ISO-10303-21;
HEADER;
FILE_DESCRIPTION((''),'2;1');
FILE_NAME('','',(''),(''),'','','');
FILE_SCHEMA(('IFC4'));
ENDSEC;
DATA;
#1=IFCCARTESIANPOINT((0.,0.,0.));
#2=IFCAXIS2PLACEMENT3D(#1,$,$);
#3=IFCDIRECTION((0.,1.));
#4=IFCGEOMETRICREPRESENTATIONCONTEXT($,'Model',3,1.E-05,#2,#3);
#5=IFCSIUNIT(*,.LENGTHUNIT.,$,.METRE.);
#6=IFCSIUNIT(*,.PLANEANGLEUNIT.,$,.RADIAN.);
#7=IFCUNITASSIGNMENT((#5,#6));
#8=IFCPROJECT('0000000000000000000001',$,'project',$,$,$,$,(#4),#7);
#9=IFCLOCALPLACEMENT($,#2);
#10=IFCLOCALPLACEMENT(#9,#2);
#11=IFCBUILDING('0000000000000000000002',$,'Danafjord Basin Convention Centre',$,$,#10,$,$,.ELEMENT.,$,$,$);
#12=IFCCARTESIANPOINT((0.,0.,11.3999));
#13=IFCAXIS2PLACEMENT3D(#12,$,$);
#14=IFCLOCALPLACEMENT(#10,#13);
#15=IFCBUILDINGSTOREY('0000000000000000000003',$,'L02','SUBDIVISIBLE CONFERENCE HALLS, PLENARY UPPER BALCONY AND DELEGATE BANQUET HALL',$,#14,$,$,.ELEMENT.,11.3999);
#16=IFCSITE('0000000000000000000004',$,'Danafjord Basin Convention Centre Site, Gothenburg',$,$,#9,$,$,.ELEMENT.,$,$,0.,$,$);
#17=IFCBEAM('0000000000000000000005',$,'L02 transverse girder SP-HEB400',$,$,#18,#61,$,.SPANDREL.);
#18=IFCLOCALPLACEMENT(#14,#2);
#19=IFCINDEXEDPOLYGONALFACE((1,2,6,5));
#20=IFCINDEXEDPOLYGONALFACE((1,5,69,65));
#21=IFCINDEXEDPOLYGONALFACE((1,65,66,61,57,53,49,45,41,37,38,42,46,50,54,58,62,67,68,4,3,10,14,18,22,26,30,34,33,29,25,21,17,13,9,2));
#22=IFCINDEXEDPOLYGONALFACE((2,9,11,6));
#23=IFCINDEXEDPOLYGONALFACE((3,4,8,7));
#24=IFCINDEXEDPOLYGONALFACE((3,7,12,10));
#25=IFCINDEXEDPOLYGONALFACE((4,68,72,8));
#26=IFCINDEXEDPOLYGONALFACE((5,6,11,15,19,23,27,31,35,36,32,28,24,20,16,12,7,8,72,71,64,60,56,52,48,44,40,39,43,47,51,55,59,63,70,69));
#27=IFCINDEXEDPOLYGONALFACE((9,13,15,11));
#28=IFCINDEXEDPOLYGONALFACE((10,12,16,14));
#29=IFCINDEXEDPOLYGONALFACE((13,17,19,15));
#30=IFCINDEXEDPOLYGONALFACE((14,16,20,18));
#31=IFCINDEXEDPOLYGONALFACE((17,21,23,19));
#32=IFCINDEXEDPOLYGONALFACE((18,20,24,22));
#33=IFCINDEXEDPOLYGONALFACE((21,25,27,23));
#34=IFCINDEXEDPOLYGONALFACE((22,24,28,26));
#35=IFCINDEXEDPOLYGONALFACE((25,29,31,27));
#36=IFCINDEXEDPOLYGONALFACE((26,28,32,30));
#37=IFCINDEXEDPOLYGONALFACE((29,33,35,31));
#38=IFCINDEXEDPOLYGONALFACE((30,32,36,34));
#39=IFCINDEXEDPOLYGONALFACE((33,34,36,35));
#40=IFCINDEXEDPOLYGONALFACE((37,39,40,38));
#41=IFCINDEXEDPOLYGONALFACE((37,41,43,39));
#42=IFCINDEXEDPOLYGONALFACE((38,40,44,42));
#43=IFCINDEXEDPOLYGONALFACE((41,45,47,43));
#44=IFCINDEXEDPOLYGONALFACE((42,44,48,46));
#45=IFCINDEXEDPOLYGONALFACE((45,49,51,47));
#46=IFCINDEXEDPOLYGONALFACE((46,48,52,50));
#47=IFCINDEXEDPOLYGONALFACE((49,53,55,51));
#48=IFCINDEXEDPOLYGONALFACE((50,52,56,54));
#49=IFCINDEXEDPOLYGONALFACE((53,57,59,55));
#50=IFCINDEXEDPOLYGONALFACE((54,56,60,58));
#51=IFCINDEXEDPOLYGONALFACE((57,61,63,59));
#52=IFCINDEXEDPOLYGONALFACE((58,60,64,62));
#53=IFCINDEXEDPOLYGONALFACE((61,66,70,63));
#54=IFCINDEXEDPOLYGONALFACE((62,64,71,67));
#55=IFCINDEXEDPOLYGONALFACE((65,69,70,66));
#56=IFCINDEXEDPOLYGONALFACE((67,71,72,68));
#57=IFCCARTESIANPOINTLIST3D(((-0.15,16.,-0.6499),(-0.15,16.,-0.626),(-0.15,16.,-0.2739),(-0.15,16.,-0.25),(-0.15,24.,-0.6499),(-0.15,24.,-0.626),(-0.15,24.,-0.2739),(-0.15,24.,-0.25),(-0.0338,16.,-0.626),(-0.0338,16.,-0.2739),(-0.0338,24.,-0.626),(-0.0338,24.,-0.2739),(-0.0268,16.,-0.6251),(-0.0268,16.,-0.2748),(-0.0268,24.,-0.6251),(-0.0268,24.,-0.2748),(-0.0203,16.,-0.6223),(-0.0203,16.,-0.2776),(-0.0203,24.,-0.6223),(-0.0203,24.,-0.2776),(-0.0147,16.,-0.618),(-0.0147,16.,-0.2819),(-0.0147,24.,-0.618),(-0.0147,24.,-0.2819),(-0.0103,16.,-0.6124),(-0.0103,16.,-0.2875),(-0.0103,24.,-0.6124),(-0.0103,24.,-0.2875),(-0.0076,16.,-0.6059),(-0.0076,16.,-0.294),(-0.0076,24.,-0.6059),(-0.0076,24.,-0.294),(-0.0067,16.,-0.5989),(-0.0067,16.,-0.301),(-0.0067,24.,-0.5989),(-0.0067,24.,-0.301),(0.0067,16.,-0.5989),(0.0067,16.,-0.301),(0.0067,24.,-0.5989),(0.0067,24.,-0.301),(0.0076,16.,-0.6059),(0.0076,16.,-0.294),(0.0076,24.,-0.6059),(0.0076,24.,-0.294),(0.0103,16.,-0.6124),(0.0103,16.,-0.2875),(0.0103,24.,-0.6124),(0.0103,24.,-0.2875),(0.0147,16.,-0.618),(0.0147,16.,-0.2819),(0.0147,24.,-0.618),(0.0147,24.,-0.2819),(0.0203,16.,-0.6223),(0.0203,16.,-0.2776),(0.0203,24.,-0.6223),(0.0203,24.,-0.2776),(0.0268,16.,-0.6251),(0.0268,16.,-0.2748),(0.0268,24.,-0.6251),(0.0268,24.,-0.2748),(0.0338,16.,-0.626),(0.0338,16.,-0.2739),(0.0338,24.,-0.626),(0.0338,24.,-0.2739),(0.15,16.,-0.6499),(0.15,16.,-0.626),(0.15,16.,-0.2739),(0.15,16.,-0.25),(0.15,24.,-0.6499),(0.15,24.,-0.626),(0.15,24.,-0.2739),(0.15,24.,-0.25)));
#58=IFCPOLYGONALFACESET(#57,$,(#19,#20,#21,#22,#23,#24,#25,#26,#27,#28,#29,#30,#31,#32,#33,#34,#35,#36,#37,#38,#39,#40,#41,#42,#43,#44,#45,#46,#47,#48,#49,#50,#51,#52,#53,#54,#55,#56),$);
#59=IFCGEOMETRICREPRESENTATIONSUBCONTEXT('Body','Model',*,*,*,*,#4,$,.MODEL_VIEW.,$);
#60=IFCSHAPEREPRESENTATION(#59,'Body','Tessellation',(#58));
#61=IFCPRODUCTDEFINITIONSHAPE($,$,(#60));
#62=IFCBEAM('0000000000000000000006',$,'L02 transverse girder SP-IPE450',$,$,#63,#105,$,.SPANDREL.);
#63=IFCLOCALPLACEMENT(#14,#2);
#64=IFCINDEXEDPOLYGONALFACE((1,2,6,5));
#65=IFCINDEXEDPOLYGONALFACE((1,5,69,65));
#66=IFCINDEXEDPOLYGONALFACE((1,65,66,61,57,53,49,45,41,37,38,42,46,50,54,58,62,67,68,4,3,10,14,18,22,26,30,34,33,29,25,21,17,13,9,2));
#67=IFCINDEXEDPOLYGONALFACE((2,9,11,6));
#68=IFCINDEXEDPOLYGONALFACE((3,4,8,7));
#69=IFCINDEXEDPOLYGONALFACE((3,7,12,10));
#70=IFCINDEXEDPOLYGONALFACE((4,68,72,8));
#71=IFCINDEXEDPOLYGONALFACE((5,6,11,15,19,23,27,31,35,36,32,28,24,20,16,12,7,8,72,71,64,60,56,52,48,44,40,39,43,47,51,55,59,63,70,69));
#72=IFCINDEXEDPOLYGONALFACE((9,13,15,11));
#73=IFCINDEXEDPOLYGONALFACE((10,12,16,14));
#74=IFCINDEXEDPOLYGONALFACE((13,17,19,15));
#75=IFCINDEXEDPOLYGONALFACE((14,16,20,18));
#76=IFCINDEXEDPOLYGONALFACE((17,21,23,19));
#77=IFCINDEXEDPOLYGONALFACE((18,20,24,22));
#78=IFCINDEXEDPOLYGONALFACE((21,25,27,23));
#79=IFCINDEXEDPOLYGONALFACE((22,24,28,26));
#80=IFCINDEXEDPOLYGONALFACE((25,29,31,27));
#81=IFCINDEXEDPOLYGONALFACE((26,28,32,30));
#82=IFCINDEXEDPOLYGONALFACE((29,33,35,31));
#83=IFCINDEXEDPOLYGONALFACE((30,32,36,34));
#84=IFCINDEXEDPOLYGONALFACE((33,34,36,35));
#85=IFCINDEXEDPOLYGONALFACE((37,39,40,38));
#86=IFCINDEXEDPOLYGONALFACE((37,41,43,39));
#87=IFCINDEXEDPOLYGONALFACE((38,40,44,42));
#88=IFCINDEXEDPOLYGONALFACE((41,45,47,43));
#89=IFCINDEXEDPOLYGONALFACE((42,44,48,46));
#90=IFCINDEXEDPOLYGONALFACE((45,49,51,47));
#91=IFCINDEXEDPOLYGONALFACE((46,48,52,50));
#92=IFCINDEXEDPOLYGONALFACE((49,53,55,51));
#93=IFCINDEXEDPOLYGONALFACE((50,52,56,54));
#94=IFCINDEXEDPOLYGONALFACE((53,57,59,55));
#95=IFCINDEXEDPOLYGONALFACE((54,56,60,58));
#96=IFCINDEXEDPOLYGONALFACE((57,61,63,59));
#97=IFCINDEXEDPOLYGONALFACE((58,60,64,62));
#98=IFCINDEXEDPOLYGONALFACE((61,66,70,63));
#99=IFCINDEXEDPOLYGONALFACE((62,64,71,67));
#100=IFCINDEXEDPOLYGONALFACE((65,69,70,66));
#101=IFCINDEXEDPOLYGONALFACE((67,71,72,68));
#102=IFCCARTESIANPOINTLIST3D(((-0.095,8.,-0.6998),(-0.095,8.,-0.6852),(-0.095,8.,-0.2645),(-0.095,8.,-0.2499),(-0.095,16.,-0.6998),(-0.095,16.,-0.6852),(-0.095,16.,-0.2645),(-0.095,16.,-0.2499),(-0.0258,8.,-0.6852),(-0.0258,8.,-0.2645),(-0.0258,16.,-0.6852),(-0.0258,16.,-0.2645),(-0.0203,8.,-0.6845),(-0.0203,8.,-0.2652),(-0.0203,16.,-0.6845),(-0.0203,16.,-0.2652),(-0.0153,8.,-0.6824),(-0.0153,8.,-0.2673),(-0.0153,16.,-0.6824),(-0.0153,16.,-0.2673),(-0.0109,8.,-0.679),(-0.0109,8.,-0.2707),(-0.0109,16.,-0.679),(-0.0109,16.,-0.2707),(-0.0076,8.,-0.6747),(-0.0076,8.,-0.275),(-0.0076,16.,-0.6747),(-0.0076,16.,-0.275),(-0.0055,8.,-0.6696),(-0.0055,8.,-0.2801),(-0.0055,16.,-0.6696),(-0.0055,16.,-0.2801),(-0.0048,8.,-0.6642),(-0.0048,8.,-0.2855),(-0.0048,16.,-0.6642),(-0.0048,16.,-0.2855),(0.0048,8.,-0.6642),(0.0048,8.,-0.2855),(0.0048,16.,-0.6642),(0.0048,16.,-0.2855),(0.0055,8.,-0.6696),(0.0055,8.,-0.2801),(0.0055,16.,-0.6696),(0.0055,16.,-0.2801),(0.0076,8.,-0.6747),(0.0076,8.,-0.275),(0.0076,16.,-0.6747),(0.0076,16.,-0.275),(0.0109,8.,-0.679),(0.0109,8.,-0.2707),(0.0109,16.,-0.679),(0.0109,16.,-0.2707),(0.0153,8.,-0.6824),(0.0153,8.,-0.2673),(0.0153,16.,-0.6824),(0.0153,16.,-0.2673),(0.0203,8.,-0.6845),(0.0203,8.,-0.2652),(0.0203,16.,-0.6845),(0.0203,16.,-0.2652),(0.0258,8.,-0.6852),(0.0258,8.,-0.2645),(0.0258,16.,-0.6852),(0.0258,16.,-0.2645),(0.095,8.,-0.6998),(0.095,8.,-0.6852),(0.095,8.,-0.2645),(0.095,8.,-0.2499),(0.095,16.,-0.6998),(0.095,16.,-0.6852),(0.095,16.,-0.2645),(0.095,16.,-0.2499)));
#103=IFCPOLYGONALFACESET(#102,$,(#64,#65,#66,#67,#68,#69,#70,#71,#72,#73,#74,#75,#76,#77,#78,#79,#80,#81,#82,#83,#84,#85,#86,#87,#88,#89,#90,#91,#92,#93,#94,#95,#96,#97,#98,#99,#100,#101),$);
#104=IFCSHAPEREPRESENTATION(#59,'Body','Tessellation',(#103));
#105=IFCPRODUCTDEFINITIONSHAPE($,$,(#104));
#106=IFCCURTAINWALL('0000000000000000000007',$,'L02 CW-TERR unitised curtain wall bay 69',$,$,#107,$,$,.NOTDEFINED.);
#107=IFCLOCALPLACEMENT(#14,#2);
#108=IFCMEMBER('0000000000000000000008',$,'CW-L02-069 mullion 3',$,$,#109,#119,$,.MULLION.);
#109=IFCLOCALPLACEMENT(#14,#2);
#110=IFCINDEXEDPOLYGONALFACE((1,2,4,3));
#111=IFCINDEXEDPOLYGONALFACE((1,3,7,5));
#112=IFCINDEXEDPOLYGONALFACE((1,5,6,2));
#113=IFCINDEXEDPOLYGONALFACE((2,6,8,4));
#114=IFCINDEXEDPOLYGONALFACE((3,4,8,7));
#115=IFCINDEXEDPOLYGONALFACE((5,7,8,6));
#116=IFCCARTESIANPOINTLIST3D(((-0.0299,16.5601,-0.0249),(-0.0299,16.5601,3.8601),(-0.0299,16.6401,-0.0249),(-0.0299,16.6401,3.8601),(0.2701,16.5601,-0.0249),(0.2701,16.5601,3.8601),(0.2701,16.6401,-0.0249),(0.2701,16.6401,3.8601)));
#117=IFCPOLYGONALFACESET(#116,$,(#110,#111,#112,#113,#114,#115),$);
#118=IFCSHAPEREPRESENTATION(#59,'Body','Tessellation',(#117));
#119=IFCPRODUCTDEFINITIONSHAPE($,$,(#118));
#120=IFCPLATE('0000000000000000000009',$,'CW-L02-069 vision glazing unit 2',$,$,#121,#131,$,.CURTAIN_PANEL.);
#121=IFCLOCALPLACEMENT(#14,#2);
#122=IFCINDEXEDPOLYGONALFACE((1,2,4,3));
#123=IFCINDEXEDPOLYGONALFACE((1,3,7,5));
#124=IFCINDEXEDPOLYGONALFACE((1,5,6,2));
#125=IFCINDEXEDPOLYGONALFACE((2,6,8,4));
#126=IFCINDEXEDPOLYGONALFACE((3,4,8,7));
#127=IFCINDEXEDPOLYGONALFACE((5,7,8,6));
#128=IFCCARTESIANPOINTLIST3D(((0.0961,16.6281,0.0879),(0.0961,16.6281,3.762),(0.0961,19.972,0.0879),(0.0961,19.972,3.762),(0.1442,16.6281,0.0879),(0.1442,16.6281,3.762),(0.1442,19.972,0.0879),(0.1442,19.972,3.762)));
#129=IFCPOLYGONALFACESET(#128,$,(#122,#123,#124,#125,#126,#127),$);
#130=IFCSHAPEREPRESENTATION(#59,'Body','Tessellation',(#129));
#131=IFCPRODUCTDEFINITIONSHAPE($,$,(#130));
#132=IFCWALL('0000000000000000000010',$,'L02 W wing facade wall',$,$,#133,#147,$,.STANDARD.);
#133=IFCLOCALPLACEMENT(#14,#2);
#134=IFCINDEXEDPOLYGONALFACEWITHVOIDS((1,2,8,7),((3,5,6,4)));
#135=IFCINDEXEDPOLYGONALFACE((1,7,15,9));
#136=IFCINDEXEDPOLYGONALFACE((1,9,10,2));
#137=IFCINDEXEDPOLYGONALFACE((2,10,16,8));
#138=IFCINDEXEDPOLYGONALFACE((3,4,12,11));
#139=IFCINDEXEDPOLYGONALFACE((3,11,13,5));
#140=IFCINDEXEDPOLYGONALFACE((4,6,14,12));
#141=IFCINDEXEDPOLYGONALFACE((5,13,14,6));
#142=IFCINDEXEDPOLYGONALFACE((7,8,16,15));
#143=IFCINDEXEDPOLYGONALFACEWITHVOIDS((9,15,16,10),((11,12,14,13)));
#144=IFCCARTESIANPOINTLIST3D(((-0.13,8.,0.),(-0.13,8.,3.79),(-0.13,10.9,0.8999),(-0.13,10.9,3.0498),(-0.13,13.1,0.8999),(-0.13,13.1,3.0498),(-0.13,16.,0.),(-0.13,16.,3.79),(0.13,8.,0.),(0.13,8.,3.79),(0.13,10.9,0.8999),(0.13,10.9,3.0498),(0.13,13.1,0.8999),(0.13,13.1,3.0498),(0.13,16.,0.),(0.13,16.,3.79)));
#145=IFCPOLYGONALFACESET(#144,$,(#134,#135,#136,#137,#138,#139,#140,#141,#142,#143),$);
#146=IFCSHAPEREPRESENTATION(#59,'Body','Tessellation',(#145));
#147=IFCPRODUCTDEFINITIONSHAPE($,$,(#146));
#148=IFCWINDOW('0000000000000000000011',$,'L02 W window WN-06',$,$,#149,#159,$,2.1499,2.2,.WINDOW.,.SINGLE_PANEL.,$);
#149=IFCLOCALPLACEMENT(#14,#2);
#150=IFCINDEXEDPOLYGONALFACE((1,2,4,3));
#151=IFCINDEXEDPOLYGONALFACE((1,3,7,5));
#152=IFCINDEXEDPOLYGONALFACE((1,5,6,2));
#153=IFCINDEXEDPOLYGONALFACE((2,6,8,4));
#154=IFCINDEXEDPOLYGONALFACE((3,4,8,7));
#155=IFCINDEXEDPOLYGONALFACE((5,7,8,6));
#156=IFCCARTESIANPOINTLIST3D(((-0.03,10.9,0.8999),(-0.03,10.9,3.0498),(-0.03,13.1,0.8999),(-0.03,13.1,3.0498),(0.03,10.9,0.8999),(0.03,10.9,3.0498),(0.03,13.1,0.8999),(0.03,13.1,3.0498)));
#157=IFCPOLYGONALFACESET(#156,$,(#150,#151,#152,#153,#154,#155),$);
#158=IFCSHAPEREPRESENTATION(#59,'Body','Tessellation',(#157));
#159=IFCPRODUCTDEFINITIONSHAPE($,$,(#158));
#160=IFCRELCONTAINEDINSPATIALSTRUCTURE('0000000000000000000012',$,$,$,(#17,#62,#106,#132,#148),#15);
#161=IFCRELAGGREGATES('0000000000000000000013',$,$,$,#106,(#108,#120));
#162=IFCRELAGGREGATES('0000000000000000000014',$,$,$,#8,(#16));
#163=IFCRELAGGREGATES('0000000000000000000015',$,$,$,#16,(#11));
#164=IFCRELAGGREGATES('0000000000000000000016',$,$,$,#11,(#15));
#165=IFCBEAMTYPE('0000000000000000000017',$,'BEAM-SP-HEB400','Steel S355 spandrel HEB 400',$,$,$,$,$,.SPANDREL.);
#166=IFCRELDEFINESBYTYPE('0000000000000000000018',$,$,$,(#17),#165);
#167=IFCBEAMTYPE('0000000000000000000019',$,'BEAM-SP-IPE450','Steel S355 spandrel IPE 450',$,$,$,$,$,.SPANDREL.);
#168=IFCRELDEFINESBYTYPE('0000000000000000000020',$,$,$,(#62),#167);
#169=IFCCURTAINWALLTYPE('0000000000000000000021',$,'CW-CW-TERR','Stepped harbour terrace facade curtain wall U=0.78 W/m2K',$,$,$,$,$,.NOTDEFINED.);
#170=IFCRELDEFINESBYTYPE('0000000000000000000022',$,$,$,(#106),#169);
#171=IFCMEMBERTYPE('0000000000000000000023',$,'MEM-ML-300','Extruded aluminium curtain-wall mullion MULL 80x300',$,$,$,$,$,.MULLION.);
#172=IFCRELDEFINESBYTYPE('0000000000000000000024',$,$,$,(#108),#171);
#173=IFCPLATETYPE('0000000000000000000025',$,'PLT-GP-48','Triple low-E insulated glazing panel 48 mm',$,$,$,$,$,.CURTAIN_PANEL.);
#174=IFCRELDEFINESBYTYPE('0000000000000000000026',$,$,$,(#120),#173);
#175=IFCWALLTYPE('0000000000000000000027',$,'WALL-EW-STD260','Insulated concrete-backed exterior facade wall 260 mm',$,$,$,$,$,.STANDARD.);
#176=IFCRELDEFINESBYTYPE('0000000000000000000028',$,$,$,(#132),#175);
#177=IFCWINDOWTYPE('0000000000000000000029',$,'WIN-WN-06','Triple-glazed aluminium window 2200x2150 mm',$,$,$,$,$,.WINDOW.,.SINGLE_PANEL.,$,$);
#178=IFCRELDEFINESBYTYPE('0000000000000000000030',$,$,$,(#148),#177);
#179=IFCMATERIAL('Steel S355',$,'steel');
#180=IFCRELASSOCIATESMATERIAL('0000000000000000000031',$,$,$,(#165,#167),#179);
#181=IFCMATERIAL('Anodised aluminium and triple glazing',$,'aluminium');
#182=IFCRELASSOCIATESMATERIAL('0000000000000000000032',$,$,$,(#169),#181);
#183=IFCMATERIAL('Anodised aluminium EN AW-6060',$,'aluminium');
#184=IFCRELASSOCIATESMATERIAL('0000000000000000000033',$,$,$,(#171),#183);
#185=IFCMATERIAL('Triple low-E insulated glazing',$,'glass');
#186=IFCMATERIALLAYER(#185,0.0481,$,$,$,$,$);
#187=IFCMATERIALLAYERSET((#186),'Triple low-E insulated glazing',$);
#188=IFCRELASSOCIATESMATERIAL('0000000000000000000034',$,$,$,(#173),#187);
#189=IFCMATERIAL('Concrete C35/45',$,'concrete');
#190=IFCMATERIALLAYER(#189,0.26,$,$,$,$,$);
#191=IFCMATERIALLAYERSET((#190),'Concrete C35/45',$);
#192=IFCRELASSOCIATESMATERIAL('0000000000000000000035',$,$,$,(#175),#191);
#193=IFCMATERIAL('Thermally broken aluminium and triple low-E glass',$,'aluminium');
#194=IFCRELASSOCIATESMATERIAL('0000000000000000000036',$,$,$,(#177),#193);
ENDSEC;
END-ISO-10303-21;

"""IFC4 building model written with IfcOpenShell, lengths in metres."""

from ifc_helpers import new_model, si_unit, direction, frame, frame_2d, origin, origin_2d, place, context, subcontext, project, spatial, rectangle, i_section, extrude, material, layer, layer_set, material_profile, profile_set, type_object, element, fill, aggregate, save


model = new_model("IFC4")

# Units and contexts
model_context = context("Model", 3, precision=1e-05, world=origin(), true_north=direction((0.0, 1.0)))
body_context = subcontext(model_context, "Body", "Model", "MODEL_VIEW")
ifc_project = project(units=[si_unit("LENGTHUNIT", "METRE"), si_unit("PLANEANGLEUNIT", "RADIAN")], contexts=[model_context])

# Site, building, storey
site_placement = place(None, origin())
site = spatial("IfcSite", under=ifc_project, at=site_placement, Name="Danafjord Basin Convention Centre Site, Gothenburg", CompositionType="ELEMENT", RefElevation=0.0)
building_placement = place(site_placement, origin())
building = spatial("IfcBuilding", under=site, at=building_placement, Name="Danafjord Basin Convention Centre", CompositionType="ELEMENT")
storey_placement = place(building_placement, frame((0.0, 0.0, 11.3999)))
storey = spatial("IfcBuildingStorey", under=building, at=storey_placement, Name="L02", Description="SUBDIVISIBLE CONFERENCE HALLS, PLENARY UPPER BALCONY AND DELEGATE BANQUET HALL", CompositionType="ELEMENT", Elevation=11.3999)

# Shared definitions
ifc_material_1 = material(Name="Steel S355", Category="steel")

# Beams
ifc_material_profile_1 = material_profile(ifc_material_1, i_section(OverallWidth=0.3, OverallDepth=0.3999, WebThickness=0.0134, FlangeThickness=0.0239, FilletRadius=0.0271, at=origin_2d()), Name="HEB 400")
ifc_profile_set_1 = profile_set([ifc_material_profile_1], Name="Steel S355")
beam_type_1 = type_object("IfcBeamType", Name="BEAM-SP-HEB400", Description="Steel S355 spandrel HEB 400", PredefinedType="SPANDREL", material=ifc_profile_set_1)
beam_1_placement = place(storey_placement, frame((0.0, 16.0, -0.45), z_axis=(0.0, 1.0, 0.0), x_axis=(-1.0, 0.0, 0.0)))
element("IfcBeam", 1, at=beam_1_placement, inside=storey, type_object=beam_type_1, Name="L02 transverse girder SP-HEB400", PredefinedType="SPANDREL", context=body_context, shape_type="SweptSolid", body=[
    extrude(i_section(OverallWidth=0.3, OverallDepth=0.3999, WebThickness=0.0134, FlangeThickness=0.0239, FilletRadius=0.0271, at=origin_2d()), origin(), (0.0, 0.0, 1.0), 8.0),
])
ifc_material_profile_2 = material_profile(ifc_material_1, i_section(OverallWidth=0.1899, OverallDepth=0.45, WebThickness=0.0095, FlangeThickness=0.0146, FilletRadius=0.021, at=origin_2d()), Name="IPE 450")
ifc_profile_set_2 = profile_set([ifc_material_profile_2], Name="Steel S355")
beam_type_2 = type_object("IfcBeamType", Name="BEAM-SP-IPE450", Description="Steel S355 spandrel IPE 450", PredefinedType="SPANDREL", material=ifc_profile_set_2)
beam_2_placement = place(storey_placement, frame((0.0, 8.0, -0.4749), z_axis=(0.0, 1.0, 0.0), x_axis=(-1.0, 0.0, 0.0)))
element("IfcBeam", 2, at=beam_2_placement, inside=storey, type_object=beam_type_2, Name="L02 transverse girder SP-IPE450", PredefinedType="SPANDREL", context=body_context, shape_type="SweptSolid", body=[
    extrude(i_section(OverallWidth=0.1899, OverallDepth=0.45, WebThickness=0.0095, FlangeThickness=0.0146, FilletRadius=0.021, at=origin_2d()), origin(), (0.0, 0.0, 1.0), 8.0),
])

# Curtain wall, member, plate
ifc_material_2 = material(Name="Anodised aluminium and triple glazing", Category="aluminium")
curtain_wall_type = type_object("IfcCurtainWallType", Name="CW-CW-TERR", Description="Stepped harbour terrace facade curtain wall U=0.78 W/m2K", PredefinedType="NOTDEFINED", material=ifc_material_2)
curtain_wall_placement = place(storey_placement, origin())
curtain_wall = element("IfcCurtainWall", 3, at=curtain_wall_placement, inside=storey, type_object=curtain_wall_type, Name="L02 CW-TERR unitised curtain wall bay 69", PredefinedType="NOTDEFINED")
ifc_material_3 = material(Name="Anodised aluminium EN AW-6060", Category="aluminium")
ifc_material_profile_3 = material_profile(ifc_material_3, rectangle(XDim=0.0801, YDim=0.3, at=origin_2d()), Name="MULL 80x300")
ifc_profile_set_3 = profile_set([ifc_material_profile_3], Name="Anodised aluminium EN AW-6060")
member_type = type_object("IfcMemberType", Name="MEM-ML-300", Description="Extruded aluminium curtain-wall mullion MULL 80x300", PredefinedType="MULLION", material=ifc_profile_set_3)
member_placement = place(storey_placement, frame((0.1201, 16.6001, -0.0249), z_axis=(0.0, 0.0, 1.0), x_axis=(0.0, -1.0, 0.0)))
member = element("IfcMember", 4, at=member_placement, type_object=member_type, Name="CW-L02-069 mullion 3", PredefinedType="MULLION", context=body_context, shape_type="SweptSolid", body=[
    extrude(rectangle(XDim=0.0801, YDim=0.3, at=origin_2d()), origin(), (0.0, 0.0, 1.0), 3.885),
])
ifc_material_4 = material(Name="Triple low-E insulated glazing", Category="glass")
ifc_layer_1 = layer(ifc_material_4, 0.0481)
ifc_layer_set_1 = layer_set([ifc_layer_1], Name="Triple low-E insulated glazing")
plate_type = type_object("IfcPlateType", Name="PLT-GP-48", Description="Triple low-E insulated glazing panel 48 mm", PredefinedType="CURTAIN_PANEL", material=ifc_layer_set_1)
plate_placement = place(storey_placement, frame((0.1201, 18.3, 0.0879), z_axis=(0.0, 0.0, 1.0), x_axis=(0.0, -1.0, 0.0)))
plate = element("IfcPlate", 5, at=plate_placement, type_object=plate_type, Name="CW-L02-069 vision glazing unit 2", PredefinedType="CURTAIN_PANEL", context=body_context, shape_type="SweptSolid", body=[
    extrude(rectangle(XDim=3.344, YDim=0.0481, at=origin_2d()), origin(), (0.0, 0.0, 1.0), 3.6741),
])
aggregate(curtain_wall, [member, plate])

# Wall, opening, window
ifc_material_5 = material(Name="Concrete C35/45", Category="concrete")
ifc_layer_2 = layer(ifc_material_5, 0.26)
ifc_layer_set_2 = layer_set([ifc_layer_2], Name="Concrete C35/45")
wall_type = type_object("IfcWallType", Name="WALL-EW-STD260", Description="Insulated concrete-backed exterior facade wall 260 mm", PredefinedType="STANDARD", material=ifc_layer_set_2)
wall_placement = place(storey_placement, frame((0.0, 8.0, 0.0), z_axis=(0.0, 0.0, 1.0), x_axis=(0.0, 1.0, 0.0)))
wall = element("IfcWall", 6, at=wall_placement, inside=storey, type_object=wall_type, Name="L02 W wing facade wall", PredefinedType="STANDARD", context=body_context, shape_type="SweptSolid", body=[
    extrude(rectangle(XDim=8.0, YDim=0.26, at=frame_2d((4.0, 0.0))), origin(), (0.0, 0.0, 1.0), 3.79),
])
opening_placement = place(wall_placement, frame((2.8999, 0.0, 0.8999)))
opening = element("IfcOpeningElement", 7, at=opening_placement, cuts=wall, PredefinedType="OPENING", context=body_context, shape_type="SweptSolid", body=[
    extrude(rectangle(XDim=2.2, YDim=2.1499, at=frame_2d((1.1001, 1.075))), frame((0.0, 0.1399, 0.0), z_axis=(0.0, -1.0, 0.0), x_axis=(1.0, 0.0, 0.0)), (0.0, 0.0, 1.0), 0.28),
])
ifc_material_6 = material(Name="Thermally broken aluminium and triple low-E glass", Category="aluminium")
window_type = type_object("IfcWindowType", Name="WIN-WN-06", Description="Triple-glazed aluminium window 2200x2150 mm", PartitioningType="SINGLE_PANEL", PredefinedType="WINDOW", material=ifc_material_6)
window_placement = place(opening_placement, origin())
window = element("IfcWindow", 8, at=window_placement, inside=storey, type_object=window_type, Name="L02 W window WN-06", OverallHeight=2.1499, OverallWidth=2.2, PartitioningType="SINGLE_PANEL", PredefinedType="WINDOW", context=body_context, shape_type="SweptSolid", body=[
    extrude(rectangle(XDim=2.2, YDim=2.1499, at=frame_2d((1.1001, 1.075))), frame((0.0, 0.03, 0.0), z_axis=(0.0, -1.0, 0.0), x_axis=(1.0, 0.0, 0.0)), (0.0, 0.0, 1.0), 0.0601),
])
fill(opening, window)

save(model, "model.ifc")
